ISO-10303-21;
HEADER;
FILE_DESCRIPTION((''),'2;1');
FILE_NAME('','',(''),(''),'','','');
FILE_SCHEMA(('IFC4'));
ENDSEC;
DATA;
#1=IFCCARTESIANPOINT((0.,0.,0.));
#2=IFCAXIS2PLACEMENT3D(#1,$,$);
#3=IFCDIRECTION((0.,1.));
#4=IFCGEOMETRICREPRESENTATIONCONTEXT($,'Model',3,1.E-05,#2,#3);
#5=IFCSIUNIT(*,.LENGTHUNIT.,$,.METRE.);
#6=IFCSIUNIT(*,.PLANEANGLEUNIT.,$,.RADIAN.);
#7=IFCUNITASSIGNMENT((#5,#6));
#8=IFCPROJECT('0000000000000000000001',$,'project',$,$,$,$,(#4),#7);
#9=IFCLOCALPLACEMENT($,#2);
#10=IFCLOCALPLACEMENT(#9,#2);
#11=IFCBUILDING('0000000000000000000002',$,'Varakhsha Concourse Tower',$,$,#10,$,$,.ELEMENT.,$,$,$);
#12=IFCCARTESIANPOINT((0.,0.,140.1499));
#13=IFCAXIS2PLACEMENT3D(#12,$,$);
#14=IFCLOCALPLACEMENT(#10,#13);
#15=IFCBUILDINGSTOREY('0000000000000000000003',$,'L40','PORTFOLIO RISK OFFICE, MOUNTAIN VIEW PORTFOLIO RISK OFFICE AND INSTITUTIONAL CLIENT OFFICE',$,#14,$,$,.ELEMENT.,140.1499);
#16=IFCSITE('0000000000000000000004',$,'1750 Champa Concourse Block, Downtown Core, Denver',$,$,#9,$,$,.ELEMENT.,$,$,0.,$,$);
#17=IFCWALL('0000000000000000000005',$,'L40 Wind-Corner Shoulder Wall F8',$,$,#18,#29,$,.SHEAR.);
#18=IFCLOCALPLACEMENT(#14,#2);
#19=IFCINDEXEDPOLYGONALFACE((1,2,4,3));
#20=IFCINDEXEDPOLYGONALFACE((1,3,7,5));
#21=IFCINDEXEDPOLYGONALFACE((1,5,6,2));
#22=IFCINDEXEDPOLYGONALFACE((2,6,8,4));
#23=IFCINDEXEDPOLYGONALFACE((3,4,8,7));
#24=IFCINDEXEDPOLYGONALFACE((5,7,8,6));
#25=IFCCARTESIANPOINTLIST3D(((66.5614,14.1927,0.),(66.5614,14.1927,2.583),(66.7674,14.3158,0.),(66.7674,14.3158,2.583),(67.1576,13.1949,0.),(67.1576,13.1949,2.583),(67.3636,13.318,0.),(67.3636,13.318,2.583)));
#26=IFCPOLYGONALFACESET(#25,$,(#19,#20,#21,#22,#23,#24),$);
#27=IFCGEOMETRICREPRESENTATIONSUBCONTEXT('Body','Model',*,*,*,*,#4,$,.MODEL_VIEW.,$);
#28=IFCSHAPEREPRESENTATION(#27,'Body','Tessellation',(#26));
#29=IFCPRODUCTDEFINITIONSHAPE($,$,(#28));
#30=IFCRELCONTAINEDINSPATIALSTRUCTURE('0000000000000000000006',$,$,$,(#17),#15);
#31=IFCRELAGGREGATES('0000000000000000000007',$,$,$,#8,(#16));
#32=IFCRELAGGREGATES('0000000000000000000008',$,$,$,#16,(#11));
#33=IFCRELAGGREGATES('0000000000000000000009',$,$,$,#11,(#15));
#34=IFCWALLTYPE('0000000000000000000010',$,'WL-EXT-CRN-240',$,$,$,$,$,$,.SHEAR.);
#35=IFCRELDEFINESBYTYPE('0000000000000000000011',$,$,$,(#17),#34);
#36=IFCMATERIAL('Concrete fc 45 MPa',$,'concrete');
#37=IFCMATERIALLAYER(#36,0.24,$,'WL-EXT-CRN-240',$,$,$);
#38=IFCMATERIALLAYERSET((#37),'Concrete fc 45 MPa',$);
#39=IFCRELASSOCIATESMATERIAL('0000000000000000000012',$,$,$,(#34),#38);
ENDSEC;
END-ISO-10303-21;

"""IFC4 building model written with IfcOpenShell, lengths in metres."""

from ifc_helpers import new_model, si_unit, direction, frame, frame_2d, origin, place, context, subcontext, project, spatial, rectangle, extrude, material, layer, layer_set, type_object, element, save


model = new_model("IFC4")

# Units and contexts
model_context = context("Model", 3, precision=1e-05, world=origin(), true_north=direction((0.0, 1.0)))
body_context = subcontext(model_context, "Body", "Model", "MODEL_VIEW")
ifc_project = project(units=[si_unit("LENGTHUNIT", "METRE"), si_unit("PLANEANGLEUNIT", "RADIAN")], contexts=[model_context])

# Site, building, storey
site_placement = place(None, origin())
site = spatial("IfcSite", under=ifc_project, at=site_placement, Name="1750 Champa Concourse Block, Downtown Core, Denver", CompositionType="ELEMENT", RefElevation=0.0)
building_placement = place(site_placement, origin())
building = spatial("IfcBuilding", under=site, at=building_placement, Name="Varakhsha Concourse Tower", CompositionType="ELEMENT")
storey_placement = place(building_placement, frame((0.0, 0.0, 140.1499)))
storey = spatial("IfcBuildingStorey", under=building, at=storey_placement, Name="L40", Description="PORTFOLIO RISK OFFICE, MOUNTAIN VIEW PORTFOLIO RISK OFFICE AND INSTITUTIONAL CLIENT OFFICE", CompositionType="ELEMENT", Elevation=140.1499)

# Wall
ifc_material_1 = material(Name="Concrete fc 45 MPa", Category="concrete")
ifc_layer_1 = layer(ifc_material_1, 0.24, Name="WL-EXT-CRN-240")
ifc_layer_set_1 = layer_set([ifc_layer_1], Name="Concrete fc 45 MPa")
wall_type = type_object("IfcWallType", Name="WL-EXT-CRN-240", PredefinedType="SHEAR", material=ifc_layer_set_1)
wall_1_placement = place(storey_placement, frame((67.2605, 13.2566, 0.0), z_axis=(0.0, 0.0, 1.0), x_axis=(-0.51292, 0.858437, 0.0)))
element("IfcWall", 1, at=wall_1_placement, inside=storey, type_object=wall_type, Name="L40 Wind-Corner Shoulder Wall F8", PredefinedType="SHEAR", context=body_context, shape_type="SweptSolid", body=[
    extrude(rectangle(XDim=1.1624, YDim=0.24, at=frame_2d((0.5811, 0.0))), origin(), (0.0, 0.0, 1.0), 2.583),
])

save(model, "model.ifc")
